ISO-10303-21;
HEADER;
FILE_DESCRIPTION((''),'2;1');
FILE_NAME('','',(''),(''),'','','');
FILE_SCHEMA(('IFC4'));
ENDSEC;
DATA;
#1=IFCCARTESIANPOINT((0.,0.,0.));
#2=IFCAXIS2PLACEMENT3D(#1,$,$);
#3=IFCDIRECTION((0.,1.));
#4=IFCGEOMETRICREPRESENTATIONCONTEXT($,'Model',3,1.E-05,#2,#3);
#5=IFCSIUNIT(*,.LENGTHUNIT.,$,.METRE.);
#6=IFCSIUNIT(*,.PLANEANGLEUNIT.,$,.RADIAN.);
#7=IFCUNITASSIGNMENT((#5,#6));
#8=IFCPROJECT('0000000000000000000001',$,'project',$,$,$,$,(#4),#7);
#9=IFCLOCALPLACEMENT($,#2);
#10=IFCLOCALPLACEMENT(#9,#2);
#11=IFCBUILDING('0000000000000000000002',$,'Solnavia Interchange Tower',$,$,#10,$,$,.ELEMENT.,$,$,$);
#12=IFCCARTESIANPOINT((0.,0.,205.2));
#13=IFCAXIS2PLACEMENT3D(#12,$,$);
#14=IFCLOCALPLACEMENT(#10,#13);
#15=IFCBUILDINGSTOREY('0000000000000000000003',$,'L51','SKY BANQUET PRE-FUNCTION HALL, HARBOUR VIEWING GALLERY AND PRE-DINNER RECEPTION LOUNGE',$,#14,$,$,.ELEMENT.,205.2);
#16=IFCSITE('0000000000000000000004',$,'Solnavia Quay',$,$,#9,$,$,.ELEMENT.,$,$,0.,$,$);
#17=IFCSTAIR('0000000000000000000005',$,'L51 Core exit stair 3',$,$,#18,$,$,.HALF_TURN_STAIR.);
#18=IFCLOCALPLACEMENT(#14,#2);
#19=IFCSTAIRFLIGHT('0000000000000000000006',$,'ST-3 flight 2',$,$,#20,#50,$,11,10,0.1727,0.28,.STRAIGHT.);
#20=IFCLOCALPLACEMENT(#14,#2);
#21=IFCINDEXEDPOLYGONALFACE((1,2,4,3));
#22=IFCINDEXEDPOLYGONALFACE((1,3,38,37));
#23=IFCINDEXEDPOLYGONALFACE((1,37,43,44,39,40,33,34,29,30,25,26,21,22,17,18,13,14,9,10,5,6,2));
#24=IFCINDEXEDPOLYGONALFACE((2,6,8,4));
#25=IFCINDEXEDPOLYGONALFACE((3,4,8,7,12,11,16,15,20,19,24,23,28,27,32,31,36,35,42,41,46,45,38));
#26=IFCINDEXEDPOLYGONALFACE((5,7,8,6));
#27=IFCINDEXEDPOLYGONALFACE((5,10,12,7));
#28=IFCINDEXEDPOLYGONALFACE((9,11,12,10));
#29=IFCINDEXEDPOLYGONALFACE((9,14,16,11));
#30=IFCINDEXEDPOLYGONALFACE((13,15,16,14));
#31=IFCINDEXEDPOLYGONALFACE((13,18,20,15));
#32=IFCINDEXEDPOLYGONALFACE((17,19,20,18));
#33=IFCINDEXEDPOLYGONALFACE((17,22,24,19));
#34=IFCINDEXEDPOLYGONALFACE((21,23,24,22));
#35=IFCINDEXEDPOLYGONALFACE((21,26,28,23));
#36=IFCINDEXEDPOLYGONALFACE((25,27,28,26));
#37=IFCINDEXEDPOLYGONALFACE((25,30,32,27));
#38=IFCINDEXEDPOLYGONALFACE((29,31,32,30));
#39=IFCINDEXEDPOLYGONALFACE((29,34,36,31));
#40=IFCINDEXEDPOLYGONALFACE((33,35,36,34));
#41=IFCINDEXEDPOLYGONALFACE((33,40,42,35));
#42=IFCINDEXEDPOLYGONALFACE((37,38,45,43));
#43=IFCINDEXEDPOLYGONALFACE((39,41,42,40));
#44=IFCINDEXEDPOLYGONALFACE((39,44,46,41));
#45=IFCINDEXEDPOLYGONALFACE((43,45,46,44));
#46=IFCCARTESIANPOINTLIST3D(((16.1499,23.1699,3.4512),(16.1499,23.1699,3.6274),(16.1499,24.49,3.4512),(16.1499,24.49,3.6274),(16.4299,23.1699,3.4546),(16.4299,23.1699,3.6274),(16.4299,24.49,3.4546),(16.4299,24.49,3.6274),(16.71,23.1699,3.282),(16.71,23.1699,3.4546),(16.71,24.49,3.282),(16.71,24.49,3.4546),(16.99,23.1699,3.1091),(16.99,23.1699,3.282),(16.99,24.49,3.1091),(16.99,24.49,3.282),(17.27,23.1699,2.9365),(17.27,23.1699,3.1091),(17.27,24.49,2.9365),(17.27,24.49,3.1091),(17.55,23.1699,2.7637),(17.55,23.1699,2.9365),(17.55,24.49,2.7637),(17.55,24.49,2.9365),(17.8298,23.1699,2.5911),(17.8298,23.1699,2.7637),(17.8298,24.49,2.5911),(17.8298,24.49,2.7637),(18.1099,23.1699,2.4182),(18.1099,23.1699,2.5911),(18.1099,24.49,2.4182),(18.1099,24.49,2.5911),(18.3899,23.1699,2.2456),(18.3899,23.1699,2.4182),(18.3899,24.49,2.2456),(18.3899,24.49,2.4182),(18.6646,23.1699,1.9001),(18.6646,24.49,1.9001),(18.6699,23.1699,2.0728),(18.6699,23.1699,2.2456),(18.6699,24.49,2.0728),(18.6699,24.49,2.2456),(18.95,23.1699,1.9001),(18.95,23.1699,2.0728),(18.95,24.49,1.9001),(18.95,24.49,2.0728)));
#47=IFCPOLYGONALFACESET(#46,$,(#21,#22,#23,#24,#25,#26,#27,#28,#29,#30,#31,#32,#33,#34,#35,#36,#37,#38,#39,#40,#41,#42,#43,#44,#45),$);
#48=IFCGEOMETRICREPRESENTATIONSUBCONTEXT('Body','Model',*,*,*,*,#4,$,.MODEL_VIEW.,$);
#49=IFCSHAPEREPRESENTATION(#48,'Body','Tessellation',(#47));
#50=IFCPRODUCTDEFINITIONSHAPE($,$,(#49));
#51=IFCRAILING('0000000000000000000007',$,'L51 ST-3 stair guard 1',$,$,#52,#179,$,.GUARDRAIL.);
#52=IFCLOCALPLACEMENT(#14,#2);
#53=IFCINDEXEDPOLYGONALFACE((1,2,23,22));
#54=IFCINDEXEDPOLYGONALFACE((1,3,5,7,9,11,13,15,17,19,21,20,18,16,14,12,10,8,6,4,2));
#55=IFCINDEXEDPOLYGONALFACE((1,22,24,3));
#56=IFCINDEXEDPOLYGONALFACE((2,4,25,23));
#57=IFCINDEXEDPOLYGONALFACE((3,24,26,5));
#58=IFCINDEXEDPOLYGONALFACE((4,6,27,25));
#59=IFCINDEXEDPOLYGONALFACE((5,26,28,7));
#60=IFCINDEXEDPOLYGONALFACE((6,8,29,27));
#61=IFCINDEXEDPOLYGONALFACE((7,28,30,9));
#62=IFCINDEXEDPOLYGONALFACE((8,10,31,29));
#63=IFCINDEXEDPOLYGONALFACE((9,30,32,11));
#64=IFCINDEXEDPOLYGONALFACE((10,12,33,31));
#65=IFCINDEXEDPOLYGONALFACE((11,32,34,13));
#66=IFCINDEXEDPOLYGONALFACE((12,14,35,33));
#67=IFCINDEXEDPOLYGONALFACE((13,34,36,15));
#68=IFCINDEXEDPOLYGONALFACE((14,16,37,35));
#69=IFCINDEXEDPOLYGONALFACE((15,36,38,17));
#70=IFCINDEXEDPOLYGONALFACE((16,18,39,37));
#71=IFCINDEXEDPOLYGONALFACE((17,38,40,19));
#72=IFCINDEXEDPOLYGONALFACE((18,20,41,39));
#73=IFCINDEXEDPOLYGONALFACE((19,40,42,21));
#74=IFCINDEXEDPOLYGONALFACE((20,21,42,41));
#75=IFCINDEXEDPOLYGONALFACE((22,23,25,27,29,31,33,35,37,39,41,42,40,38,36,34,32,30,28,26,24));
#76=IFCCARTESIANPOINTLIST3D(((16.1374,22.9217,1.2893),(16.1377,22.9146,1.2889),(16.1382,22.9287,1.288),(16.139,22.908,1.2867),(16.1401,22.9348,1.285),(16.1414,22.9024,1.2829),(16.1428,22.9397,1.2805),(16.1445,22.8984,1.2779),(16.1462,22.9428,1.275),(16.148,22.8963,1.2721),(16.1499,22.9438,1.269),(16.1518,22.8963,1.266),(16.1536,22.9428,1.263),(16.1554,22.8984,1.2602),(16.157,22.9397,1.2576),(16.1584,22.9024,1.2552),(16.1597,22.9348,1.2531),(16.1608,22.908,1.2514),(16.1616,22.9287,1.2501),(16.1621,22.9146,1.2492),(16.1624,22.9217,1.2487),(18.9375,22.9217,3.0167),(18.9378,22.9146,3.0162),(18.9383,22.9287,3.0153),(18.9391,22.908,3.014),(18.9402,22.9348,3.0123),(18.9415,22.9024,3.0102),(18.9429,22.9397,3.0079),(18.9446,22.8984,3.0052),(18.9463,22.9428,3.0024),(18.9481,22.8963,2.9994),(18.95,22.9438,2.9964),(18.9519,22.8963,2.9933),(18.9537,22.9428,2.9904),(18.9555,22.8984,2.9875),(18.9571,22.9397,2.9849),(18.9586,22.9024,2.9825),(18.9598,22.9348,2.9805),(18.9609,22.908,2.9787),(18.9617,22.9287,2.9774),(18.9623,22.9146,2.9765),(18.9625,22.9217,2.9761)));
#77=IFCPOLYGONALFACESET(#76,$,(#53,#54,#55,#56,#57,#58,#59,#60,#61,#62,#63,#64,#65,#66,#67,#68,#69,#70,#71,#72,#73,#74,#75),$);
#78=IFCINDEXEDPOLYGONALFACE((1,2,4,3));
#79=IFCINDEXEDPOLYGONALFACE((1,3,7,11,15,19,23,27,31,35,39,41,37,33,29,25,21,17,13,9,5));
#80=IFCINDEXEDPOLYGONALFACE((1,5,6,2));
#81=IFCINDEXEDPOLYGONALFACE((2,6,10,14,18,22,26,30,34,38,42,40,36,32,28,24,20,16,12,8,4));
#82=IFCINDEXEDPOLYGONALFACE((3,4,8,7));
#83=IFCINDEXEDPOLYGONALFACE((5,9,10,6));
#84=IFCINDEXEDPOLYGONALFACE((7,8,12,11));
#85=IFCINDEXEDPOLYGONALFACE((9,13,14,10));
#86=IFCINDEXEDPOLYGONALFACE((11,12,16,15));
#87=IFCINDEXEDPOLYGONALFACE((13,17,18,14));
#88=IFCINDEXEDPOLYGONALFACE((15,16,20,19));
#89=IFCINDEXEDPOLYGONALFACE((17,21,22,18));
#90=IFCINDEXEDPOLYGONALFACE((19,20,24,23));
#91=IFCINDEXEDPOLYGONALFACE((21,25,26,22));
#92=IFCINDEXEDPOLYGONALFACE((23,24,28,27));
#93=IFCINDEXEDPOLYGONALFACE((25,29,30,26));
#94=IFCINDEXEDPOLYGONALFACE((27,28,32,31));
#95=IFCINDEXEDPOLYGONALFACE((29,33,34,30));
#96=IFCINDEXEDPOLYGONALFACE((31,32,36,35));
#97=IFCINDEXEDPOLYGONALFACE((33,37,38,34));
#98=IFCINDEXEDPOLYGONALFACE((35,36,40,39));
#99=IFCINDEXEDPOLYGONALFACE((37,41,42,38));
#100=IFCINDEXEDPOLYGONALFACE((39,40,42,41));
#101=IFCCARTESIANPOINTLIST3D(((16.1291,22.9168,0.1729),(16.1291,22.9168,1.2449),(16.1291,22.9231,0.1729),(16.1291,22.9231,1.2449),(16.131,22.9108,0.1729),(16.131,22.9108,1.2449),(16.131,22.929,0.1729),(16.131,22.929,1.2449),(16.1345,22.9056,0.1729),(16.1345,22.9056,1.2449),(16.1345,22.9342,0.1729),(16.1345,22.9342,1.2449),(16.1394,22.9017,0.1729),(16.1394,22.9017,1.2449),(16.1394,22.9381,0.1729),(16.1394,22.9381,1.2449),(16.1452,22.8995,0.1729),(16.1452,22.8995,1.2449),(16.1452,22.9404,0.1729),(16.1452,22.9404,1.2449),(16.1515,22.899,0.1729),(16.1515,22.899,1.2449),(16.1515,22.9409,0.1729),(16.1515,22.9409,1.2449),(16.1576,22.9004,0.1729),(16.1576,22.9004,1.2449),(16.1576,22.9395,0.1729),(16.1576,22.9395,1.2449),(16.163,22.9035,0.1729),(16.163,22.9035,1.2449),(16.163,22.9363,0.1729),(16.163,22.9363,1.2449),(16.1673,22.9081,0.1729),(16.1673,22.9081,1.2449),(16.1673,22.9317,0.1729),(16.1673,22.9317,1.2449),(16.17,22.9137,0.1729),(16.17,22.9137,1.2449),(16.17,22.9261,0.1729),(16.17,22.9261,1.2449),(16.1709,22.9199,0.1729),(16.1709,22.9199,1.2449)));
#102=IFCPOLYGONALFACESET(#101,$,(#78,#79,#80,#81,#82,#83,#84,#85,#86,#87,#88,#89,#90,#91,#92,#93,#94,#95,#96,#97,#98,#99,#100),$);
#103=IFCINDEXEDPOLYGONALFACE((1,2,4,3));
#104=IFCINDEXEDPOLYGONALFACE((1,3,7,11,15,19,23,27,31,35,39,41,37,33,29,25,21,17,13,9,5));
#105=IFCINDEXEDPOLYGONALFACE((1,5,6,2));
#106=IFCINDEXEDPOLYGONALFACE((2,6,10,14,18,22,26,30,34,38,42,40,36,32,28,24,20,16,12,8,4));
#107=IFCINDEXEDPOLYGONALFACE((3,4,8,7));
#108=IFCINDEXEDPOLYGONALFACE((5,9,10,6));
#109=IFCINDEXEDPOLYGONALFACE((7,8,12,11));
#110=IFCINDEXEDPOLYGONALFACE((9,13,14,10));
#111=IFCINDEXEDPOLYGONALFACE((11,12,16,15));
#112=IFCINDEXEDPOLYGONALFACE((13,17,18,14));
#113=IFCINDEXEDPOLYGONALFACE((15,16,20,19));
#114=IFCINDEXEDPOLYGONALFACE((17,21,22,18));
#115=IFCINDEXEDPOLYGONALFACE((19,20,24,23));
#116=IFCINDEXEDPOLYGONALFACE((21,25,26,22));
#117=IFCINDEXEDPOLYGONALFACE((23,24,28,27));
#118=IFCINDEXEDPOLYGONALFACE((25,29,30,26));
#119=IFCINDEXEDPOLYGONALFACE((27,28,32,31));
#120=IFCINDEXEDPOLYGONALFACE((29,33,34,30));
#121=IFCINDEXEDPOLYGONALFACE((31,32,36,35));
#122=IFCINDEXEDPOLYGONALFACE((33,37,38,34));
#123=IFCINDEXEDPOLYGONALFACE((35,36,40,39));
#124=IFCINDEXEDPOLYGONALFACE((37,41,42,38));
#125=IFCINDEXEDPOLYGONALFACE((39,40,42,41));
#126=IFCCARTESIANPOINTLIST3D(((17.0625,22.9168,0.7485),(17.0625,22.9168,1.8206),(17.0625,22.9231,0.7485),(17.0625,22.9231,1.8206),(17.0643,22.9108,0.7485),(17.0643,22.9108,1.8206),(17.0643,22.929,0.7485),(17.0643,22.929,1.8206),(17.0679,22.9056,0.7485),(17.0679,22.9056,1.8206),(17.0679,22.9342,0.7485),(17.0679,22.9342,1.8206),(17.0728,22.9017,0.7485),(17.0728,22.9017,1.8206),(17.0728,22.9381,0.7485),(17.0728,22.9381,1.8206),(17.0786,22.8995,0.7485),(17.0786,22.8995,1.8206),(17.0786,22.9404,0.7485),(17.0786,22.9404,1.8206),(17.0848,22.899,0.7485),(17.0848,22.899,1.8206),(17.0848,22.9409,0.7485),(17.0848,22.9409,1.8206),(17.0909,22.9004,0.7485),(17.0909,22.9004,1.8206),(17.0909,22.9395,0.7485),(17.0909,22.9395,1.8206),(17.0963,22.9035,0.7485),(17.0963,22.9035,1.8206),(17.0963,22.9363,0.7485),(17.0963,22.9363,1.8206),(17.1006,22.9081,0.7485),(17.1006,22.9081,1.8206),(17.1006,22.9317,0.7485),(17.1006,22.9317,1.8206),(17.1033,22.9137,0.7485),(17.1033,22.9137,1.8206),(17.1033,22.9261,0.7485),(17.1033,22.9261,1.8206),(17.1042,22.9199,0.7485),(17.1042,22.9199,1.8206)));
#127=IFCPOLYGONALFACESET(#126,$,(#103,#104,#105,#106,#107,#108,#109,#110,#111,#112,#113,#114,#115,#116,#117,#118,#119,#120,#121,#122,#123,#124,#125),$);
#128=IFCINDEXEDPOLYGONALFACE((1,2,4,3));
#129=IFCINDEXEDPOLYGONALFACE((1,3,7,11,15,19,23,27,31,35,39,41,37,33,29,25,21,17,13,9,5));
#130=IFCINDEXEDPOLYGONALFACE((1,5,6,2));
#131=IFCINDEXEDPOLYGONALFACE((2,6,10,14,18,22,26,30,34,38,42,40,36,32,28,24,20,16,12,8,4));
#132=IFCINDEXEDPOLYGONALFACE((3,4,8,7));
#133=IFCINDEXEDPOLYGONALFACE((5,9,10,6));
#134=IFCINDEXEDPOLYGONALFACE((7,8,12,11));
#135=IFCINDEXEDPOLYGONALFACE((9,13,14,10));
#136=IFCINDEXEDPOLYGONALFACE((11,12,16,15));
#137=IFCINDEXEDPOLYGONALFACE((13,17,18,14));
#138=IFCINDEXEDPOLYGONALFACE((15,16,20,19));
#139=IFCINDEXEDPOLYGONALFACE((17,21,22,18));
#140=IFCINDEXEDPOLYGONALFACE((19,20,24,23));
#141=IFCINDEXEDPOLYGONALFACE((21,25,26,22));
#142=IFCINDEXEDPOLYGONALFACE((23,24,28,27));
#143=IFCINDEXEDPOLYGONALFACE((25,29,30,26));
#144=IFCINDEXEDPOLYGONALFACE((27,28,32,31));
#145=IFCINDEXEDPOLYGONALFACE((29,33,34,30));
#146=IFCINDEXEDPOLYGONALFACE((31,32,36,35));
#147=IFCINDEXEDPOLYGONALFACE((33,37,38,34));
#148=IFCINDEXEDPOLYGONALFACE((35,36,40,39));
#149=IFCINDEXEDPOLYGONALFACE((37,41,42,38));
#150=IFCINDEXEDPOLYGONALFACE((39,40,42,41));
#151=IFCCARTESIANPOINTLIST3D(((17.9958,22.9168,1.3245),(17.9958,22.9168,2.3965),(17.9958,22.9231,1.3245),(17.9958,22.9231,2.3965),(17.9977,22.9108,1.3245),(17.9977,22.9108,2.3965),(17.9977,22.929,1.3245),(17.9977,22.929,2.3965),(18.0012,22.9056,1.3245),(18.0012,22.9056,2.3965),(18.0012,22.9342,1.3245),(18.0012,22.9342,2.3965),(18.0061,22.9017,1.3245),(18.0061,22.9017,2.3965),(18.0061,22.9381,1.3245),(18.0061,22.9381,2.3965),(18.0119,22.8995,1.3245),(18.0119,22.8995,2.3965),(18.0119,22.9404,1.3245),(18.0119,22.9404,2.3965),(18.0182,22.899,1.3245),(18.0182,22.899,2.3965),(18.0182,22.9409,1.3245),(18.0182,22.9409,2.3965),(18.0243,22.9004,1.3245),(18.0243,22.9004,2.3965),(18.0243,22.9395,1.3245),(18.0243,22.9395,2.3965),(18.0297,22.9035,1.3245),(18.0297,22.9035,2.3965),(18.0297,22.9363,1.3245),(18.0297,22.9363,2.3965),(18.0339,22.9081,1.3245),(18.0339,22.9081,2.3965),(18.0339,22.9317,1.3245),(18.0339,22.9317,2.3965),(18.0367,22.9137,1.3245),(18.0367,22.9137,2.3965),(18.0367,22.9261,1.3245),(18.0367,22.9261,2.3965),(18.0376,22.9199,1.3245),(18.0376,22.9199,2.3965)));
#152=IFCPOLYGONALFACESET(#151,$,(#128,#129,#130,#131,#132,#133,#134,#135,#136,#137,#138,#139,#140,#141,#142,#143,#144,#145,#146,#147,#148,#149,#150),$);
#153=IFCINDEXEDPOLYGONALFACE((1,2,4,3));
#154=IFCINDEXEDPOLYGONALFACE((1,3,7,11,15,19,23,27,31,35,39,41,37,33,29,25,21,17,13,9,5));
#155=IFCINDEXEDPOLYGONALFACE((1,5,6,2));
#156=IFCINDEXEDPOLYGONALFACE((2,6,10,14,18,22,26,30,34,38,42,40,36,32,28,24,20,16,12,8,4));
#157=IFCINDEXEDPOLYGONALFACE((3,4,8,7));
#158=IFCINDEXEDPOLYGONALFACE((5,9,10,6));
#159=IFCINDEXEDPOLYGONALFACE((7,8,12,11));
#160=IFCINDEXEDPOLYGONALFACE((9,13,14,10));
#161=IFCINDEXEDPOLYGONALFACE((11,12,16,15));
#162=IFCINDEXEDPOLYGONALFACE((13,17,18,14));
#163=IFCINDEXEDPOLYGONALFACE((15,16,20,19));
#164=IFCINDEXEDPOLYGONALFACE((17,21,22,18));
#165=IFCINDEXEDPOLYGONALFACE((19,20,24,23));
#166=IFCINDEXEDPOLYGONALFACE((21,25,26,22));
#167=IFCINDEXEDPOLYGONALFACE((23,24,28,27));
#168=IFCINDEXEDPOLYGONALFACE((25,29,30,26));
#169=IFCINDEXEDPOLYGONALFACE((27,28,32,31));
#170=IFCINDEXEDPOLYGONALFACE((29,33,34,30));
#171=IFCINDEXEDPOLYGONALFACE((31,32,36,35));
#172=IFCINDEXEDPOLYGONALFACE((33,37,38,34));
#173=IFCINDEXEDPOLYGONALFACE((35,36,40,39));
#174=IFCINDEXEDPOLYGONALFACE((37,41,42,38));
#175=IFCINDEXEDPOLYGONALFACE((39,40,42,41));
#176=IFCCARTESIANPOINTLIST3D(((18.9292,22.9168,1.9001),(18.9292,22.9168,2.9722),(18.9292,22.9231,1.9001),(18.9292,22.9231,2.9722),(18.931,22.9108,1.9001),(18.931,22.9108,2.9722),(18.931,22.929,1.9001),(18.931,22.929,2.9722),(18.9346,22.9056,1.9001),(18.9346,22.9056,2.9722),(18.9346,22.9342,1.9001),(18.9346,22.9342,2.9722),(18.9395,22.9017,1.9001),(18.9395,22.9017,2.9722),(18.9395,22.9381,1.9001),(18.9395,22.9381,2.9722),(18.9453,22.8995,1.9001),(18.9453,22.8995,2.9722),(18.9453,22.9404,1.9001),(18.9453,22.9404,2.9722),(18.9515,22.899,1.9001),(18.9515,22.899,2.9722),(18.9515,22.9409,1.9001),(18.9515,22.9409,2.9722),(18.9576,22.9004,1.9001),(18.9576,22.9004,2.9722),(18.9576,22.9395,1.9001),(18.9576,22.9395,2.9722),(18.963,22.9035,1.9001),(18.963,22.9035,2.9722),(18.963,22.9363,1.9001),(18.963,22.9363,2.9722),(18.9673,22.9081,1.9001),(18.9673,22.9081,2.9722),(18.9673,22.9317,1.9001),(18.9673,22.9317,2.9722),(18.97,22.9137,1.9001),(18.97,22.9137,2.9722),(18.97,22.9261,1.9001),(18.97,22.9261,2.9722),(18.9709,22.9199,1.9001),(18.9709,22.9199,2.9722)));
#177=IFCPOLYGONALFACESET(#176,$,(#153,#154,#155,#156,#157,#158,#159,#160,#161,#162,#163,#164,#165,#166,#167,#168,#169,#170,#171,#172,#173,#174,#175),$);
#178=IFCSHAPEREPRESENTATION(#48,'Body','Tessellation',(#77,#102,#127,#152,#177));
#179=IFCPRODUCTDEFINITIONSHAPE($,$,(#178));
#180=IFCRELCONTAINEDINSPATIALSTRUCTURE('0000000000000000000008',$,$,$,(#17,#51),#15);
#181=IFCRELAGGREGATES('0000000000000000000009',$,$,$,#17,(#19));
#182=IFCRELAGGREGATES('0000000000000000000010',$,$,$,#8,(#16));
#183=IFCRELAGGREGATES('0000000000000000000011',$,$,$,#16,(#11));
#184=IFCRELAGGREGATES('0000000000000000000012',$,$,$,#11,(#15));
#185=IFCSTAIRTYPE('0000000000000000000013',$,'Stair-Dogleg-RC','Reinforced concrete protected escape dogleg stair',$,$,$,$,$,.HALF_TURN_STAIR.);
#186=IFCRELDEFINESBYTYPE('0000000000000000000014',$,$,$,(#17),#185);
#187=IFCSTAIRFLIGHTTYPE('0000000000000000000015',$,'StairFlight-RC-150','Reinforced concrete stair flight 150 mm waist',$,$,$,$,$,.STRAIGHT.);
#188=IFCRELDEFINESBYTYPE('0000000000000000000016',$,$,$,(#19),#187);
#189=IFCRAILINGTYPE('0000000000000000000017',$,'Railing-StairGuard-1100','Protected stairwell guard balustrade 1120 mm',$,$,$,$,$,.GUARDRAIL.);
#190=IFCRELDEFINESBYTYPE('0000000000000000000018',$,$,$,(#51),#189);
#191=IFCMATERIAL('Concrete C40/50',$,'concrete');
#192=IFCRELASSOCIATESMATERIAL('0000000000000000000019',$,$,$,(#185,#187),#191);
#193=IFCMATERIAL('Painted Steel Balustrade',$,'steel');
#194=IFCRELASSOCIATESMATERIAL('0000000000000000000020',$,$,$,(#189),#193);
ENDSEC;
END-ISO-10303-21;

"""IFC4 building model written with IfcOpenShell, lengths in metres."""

from ifc_helpers import new_model, si_unit, direction, frame, origin, origin_2d, place, context, subcontext, project, spatial, polyline, circle, outline, extrude, material, type_object, element, aggregate, save


model = new_model("IFC4")

# Units and contexts
model_context = context("Model", 3, precision=1e-05, world=origin(), true_north=direction((0.0, 1.0)))
body_context = subcontext(model_context, "Body", "Model", "MODEL_VIEW")
ifc_project = project(units=[si_unit("LENGTHUNIT", "METRE"), si_unit("PLANEANGLEUNIT", "RADIAN")], contexts=[model_context])

# Site, building, storey
site_placement = place(None, origin())
site = spatial("IfcSite", under=ifc_project, at=site_placement, Name="Solnavia Quay", CompositionType="ELEMENT", RefElevation=0.0)
building_placement = place(site_placement, origin())
building = spatial("IfcBuilding", under=site, at=building_placement, Name="Solnavia Interchange Tower", CompositionType="ELEMENT")
storey_placement = place(building_placement, frame((0.0, 0.0, 205.2)))
storey = spatial("IfcBuildingStorey", under=building, at=storey_placement, Name="L51", Description="SKY BANQUET PRE-FUNCTION HALL, HARBOUR VIEWING GALLERY AND PRE-DINNER RECEPTION LOUNGE", CompositionType="ELEMENT", Elevation=205.2)

# Shared definitions
ifc_material_1 = material(Name="Concrete C40/50", Category="concrete")

# Stair, stair flight
stair_type = type_object("IfcStairType", Name="Stair-Dogleg-RC", Description="Reinforced concrete protected escape dogleg stair", PredefinedType="HALF_TURN_STAIR", material=ifc_material_1)
stair_placement = place(storey_placement, origin())
stair = element("IfcStair", 1, at=stair_placement, inside=storey, type_object=stair_type, Name="L51 Core exit stair 3", PredefinedType="HALF_TURN_STAIR")
stair_flight_type = type_object("IfcStairFlightType", Name="StairFlight-RC-150", Description="Reinforced concrete stair flight 150 mm waist", PredefinedType="STRAIGHT", material=ifc_material_1)
stair_flight_1_placement = place(storey_placement, frame((18.95, 23.8301, 1.9001), z_axis=(0.0, 0.0, 1.0), x_axis=(-1.0, 0.0, 0.0)))
stair_flight_1 = element("IfcStairFlight", 2, at=stair_flight_1_placement, type_object=stair_flight_type, Name="ST-3 flight 2", NumberOfRisers=11, NumberOfTreads=10, PredefinedType="STRAIGHT", RiserHeight=0.1727, TreadLength=0.28, context=body_context, shape_type="SweptSolid", body=[
    extrude(outline(polyline([(0.0, 0.0), (0.0, 0.1726), (0.28, 0.1726), (0.28, 0.3455), (0.5601, 0.3455), (0.5601, 0.5181), (0.8401, 0.5181), (0.8401, 0.6909), (1.1201, 0.6909), (1.1201, 0.8635), (1.3999, 0.8635), (1.3999, 1.0364), (1.6799, 1.0364), (1.6799, 1.209), (1.96, 1.209), (1.96, 1.3818), (2.24, 1.3818), (2.24, 1.5544), (2.52, 1.5544), (2.52, 1.7273), (2.8, 1.7273), (2.8, 1.8999), (2.8, 1.551), (0.2854, 0.0), (0.0, 0.0)])), frame((0.0, 0.6602, 0.0), z_axis=(0.0, -1.0, 0.0), x_axis=(1.0, 0.0, 0.0)), (0.0, 0.0, 1.0), 1.3201),
])
aggregate(stair, [stair_flight_1])

# Railing
ifc_material_2 = material(Name="Painted Steel Balustrade", Category="steel")
railing_type_1 = type_object("IfcRailingType", Name="Railing-StairGuard-1100", Description="Protected stairwell guard balustrade 1120 mm", PredefinedType="GUARDRAIL", material=ifc_material_2)
railing_1_placement = place(storey_placement, frame((16.1499, 22.9199, 0.1729)))
element("IfcRailing", 3, at=railing_1_placement, inside=storey, type_object=railing_type_1, Name="L51 ST-3 stair guard 1", PredefinedType="GUARDRAIL", context=body_context, shape_type="SweptSolid", body=[
    extrude(circle(Radius=0.0239, at=origin_2d()), frame((0.0, 0.0, 1.0962), z_axis=(0.85109, 0.0, 0.52502), x_axis=(0.0, 1.0, 0.0)), (0.0, 0.0, 1.0), 3.29),
    extrude(circle(Radius=0.021, at=origin_2d()), origin(), (0.0, 0.0, 1.0), 1.072),
    extrude(circle(Radius=0.021, at=origin_2d()), frame((0.9333, 0.0, 0.5757)), (0.0, 0.0, 1.0), 1.072),
    extrude(circle(Radius=0.021, at=origin_2d()), frame((1.8667, 0.0, 1.1516)), (0.0, 0.0, 1.0), 1.072),
    extrude(circle(Radius=0.021, at=origin_2d()), frame((2.8, 0.0, 1.7273)), (0.0, 0.0, 1.0), 1.072),
])

save(model, "model.ifc")
